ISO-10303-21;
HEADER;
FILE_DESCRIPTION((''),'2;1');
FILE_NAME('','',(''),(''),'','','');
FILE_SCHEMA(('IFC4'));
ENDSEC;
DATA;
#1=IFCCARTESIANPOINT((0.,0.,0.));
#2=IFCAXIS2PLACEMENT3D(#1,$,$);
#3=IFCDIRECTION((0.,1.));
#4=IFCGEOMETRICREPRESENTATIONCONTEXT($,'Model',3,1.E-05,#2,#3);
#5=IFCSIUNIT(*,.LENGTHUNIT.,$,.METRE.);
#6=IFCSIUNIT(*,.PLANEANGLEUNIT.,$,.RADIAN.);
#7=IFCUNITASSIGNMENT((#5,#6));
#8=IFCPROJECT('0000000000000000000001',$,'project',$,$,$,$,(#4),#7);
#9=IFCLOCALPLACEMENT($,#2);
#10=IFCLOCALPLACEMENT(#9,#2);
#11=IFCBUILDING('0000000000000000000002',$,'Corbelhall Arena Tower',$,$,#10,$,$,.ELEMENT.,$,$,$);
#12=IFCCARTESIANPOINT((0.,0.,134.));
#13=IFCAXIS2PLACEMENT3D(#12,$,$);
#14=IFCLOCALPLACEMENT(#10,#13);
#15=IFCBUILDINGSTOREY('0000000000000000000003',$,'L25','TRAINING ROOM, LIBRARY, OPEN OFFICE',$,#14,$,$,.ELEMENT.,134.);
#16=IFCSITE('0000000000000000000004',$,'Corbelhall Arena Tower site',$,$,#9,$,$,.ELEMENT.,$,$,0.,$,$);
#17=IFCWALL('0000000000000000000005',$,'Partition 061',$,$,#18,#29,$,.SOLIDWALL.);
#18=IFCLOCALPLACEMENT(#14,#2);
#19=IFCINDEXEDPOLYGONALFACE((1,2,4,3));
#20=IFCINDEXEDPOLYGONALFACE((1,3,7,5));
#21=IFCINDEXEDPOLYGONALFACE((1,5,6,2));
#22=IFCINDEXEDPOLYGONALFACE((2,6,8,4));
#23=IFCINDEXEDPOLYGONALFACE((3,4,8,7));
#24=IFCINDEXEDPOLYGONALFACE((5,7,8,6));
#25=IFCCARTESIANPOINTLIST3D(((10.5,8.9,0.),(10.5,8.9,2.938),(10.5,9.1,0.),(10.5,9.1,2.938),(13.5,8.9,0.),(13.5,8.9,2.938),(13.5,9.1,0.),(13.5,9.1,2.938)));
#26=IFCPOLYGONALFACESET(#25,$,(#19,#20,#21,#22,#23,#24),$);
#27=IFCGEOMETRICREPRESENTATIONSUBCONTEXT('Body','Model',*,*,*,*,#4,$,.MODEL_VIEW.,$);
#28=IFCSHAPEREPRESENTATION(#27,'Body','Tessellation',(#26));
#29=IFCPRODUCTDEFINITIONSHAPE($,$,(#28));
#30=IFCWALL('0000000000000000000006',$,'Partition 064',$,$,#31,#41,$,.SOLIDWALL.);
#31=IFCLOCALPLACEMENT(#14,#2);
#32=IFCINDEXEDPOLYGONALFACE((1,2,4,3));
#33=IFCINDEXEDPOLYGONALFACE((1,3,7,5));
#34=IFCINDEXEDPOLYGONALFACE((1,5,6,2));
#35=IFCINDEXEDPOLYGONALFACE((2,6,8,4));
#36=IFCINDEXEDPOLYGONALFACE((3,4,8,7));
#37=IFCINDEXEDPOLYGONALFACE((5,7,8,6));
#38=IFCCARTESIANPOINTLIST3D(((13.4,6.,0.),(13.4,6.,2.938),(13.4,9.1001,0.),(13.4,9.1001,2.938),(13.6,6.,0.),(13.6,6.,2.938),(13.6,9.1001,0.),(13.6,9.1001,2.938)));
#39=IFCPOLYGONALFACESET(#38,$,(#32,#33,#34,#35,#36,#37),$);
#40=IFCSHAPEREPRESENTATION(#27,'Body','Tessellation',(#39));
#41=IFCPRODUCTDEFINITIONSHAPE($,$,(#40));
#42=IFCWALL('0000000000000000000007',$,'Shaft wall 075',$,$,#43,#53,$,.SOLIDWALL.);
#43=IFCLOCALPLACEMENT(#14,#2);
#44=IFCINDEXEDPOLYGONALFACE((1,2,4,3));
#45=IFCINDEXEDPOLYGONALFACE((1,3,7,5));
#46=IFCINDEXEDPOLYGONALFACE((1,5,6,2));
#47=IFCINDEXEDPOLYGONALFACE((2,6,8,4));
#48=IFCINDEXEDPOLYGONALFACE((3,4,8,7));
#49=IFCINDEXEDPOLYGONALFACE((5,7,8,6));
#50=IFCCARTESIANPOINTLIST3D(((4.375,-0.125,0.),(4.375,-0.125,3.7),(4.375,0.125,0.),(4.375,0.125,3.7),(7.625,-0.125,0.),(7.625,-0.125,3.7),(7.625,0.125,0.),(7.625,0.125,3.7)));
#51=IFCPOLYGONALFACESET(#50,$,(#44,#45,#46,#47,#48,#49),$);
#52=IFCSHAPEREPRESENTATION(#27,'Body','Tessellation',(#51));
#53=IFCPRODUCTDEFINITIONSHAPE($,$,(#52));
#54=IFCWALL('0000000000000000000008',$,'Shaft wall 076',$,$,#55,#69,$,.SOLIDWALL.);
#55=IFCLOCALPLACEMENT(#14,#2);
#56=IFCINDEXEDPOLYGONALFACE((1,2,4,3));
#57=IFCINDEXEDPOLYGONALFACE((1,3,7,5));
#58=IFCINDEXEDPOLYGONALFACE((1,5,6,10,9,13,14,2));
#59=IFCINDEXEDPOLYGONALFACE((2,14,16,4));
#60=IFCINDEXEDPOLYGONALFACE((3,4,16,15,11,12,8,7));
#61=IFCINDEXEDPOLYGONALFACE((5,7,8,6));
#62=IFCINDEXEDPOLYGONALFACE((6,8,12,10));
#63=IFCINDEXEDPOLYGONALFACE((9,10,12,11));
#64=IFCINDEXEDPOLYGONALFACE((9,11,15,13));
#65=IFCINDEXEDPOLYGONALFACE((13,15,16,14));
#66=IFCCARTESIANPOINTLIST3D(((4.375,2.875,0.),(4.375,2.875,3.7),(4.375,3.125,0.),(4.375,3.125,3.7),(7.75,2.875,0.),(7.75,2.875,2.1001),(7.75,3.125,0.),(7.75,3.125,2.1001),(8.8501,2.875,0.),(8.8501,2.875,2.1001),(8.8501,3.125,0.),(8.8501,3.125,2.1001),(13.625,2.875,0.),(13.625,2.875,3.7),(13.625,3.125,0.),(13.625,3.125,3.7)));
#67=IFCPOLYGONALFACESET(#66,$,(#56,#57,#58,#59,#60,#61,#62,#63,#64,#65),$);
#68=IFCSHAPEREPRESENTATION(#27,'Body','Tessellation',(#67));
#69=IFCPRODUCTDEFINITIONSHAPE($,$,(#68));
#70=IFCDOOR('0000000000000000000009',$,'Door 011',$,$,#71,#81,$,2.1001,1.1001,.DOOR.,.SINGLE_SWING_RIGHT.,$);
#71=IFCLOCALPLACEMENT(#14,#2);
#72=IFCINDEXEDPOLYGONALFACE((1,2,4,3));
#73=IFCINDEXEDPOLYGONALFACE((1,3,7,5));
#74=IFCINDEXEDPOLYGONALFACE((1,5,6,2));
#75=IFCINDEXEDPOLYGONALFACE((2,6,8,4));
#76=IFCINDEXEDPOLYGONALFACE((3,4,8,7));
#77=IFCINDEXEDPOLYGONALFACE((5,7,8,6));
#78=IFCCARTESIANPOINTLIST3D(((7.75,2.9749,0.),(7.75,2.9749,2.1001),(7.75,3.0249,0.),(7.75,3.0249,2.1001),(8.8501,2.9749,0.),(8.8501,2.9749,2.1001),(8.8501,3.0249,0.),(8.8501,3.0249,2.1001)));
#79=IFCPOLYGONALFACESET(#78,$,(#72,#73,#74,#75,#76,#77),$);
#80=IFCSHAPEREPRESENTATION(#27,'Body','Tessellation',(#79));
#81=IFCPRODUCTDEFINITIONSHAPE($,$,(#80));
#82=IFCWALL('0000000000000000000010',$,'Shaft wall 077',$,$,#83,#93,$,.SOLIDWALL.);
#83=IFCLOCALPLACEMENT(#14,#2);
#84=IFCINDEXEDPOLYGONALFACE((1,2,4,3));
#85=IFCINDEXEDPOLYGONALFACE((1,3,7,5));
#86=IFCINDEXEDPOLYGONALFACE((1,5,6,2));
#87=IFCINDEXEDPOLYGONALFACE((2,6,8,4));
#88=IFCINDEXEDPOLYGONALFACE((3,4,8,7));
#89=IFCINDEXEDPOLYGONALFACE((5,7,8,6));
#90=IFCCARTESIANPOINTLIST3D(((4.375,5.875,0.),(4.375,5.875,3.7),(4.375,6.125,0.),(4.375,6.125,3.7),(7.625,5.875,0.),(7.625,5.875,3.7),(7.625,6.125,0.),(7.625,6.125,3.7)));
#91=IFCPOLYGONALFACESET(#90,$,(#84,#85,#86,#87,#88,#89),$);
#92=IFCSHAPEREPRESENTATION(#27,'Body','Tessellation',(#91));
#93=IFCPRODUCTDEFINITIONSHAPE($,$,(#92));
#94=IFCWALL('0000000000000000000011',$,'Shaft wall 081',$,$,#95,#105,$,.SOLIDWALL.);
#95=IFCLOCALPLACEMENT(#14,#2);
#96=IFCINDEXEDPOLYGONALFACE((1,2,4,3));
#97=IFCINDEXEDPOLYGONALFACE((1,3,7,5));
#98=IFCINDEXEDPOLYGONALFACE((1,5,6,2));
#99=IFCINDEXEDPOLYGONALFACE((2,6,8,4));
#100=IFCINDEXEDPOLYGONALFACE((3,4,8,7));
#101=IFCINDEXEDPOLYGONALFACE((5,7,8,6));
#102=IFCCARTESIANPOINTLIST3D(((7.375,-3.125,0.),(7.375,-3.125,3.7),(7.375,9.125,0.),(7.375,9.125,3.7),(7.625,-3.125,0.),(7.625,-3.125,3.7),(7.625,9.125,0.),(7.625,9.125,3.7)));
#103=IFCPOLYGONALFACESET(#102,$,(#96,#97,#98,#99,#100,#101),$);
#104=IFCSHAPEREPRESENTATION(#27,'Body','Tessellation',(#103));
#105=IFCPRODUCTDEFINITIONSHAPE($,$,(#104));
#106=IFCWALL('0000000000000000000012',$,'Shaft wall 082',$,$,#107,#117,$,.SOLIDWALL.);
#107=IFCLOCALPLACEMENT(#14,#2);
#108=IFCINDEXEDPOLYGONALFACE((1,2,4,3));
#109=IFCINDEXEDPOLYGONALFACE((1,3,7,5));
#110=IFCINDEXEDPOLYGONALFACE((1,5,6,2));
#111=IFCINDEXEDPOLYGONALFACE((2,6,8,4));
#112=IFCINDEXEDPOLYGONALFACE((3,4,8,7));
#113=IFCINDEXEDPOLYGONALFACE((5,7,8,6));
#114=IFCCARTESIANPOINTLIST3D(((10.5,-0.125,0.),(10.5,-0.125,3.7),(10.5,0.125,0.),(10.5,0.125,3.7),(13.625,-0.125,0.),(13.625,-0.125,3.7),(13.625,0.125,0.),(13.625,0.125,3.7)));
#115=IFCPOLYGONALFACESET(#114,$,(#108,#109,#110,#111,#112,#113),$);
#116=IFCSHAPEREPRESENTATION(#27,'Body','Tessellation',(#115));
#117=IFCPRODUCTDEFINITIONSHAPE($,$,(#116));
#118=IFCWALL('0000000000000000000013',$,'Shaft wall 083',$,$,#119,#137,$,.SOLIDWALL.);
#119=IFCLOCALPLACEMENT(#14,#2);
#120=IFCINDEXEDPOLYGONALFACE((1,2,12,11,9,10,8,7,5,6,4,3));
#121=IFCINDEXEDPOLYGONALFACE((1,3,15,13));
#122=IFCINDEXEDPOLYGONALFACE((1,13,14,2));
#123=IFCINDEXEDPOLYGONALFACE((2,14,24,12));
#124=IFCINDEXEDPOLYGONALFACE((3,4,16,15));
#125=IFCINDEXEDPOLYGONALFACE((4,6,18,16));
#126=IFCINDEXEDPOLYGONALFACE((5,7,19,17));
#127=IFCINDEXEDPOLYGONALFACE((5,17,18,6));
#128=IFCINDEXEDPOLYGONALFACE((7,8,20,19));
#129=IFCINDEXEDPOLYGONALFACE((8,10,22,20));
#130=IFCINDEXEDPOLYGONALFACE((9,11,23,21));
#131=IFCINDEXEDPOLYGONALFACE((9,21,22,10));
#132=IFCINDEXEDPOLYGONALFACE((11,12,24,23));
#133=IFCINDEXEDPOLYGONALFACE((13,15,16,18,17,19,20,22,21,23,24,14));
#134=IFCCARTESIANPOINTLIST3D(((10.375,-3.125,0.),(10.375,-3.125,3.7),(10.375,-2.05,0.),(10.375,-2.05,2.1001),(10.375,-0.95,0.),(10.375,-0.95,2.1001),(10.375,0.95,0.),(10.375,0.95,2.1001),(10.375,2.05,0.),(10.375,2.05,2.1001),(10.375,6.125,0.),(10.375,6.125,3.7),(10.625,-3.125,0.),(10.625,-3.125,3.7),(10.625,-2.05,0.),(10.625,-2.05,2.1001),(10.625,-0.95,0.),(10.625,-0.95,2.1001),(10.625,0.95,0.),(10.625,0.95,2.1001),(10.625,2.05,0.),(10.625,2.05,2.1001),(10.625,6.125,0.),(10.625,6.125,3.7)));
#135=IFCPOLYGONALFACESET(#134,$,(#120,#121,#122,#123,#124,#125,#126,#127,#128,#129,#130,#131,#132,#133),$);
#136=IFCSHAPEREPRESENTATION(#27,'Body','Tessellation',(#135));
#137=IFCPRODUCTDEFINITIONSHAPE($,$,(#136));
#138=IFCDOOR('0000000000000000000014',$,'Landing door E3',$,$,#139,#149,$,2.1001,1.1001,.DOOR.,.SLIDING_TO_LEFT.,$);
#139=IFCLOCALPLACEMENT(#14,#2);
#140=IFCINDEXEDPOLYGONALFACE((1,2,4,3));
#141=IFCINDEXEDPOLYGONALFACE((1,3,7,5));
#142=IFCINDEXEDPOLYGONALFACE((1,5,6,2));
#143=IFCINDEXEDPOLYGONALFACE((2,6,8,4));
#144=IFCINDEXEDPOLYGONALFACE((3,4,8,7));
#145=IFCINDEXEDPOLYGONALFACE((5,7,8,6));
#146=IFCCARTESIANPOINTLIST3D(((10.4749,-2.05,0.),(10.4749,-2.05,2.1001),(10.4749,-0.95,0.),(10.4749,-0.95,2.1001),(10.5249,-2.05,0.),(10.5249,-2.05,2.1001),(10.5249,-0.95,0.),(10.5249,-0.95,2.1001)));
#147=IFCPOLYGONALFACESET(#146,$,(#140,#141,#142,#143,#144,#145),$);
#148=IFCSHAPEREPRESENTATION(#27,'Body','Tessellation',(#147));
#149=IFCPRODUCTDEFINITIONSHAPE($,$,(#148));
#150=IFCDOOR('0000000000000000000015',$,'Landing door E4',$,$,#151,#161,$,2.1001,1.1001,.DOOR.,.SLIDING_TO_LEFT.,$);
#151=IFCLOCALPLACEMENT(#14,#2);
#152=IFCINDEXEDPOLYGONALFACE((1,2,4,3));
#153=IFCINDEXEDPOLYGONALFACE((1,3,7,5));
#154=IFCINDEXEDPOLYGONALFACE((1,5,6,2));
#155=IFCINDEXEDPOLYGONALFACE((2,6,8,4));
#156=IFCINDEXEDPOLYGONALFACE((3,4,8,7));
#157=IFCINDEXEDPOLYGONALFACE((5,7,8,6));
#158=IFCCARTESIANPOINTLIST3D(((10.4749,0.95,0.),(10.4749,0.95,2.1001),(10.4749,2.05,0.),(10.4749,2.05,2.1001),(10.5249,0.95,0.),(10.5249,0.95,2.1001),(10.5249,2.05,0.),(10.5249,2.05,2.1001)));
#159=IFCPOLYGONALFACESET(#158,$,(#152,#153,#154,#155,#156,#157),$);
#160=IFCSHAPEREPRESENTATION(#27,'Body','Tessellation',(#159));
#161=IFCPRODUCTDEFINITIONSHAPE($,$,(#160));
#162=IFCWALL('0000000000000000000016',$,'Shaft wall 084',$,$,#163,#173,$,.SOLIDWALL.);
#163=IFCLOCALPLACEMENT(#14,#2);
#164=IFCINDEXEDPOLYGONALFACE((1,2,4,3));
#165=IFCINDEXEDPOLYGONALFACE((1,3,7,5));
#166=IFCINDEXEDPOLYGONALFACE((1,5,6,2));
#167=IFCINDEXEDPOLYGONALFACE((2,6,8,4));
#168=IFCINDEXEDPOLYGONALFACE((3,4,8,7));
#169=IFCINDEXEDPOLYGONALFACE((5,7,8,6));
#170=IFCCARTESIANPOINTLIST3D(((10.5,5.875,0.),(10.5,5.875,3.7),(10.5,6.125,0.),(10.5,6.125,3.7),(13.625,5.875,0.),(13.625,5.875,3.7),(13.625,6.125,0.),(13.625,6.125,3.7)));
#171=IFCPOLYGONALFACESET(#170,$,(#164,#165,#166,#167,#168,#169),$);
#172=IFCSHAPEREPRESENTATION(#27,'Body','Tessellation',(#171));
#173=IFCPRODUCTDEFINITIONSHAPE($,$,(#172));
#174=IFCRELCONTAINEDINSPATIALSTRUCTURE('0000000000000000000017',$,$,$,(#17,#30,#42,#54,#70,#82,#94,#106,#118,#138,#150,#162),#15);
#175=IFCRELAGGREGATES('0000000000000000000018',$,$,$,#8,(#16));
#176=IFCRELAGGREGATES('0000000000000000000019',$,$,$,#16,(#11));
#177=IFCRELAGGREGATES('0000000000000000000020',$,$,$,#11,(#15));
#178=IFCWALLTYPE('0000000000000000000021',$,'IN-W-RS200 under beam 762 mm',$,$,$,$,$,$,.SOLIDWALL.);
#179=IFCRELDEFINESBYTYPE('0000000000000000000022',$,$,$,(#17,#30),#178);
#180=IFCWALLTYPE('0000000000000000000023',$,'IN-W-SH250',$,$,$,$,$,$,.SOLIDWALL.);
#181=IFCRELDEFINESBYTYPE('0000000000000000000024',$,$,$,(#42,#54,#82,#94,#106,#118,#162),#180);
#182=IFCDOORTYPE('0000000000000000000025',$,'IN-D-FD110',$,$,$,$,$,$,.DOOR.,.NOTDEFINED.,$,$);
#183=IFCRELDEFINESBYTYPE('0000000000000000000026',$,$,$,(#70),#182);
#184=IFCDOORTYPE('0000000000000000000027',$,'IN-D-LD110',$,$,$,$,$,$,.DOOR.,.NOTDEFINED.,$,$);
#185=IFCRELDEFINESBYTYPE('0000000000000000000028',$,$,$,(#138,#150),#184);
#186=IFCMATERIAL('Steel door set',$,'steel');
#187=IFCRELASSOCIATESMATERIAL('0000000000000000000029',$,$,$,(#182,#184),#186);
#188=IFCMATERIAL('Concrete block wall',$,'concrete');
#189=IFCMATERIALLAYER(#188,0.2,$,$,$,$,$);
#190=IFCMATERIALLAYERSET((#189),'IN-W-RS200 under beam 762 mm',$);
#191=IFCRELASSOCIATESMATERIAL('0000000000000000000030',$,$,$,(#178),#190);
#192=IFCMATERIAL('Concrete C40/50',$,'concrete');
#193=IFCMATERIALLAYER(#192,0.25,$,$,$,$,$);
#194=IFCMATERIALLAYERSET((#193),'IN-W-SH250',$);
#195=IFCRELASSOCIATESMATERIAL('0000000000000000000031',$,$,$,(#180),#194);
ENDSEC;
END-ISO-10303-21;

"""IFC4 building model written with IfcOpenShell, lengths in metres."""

from ifc_helpers import new_model, si_unit, direction, frame, frame_2d, origin, place, context, subcontext, project, spatial, rectangle, extrude, material, layer, layer_set, type_object, element, fill, save


model = new_model("IFC4")

# Units and contexts
model_context = context("Model", 3, precision=1e-05, world=origin(), true_north=direction((0.0, 1.0)))
body_context = subcontext(model_context, "Body", "Model", "MODEL_VIEW")
ifc_project = project(units=[si_unit("LENGTHUNIT", "METRE"), si_unit("PLANEANGLEUNIT", "RADIAN")], contexts=[model_context])

# Site, building, storey
site_placement = place(None, origin())
site = spatial("IfcSite", under=ifc_project, at=site_placement, Name="Corbelhall Arena Tower site", CompositionType="ELEMENT", RefElevation=0.0)
building_placement = place(site_placement, origin())
building = spatial("IfcBuilding", under=site, at=building_placement, Name="Corbelhall Arena Tower", CompositionType="ELEMENT")
storey_placement = place(building_placement, frame((0.0, 0.0, 134.0)))
storey = spatial("IfcBuildingStorey", under=building, at=storey_placement, Name="L25", Description="TRAINING ROOM, LIBRARY, OPEN OFFICE", CompositionType="ELEMENT", Elevation=134.0)

# Shared definitions
ifc_material_1 = material(Name="Concrete C40/50", Category="concrete")

# Shared definitions
ifc_material_2 = material(Name="Concrete block wall", Category="concrete")
ifc_material_3 = material(Name="Steel door set", Category="steel")
door_type_1 = type_object("IfcDoorType", Name="IN-D-FD110", OperationType="NOTDEFINED", PredefinedType="DOOR", material=ifc_material_3)

# Walls
ifc_layer_1 = layer(ifc_material_2, 0.2)
ifc_layer_set_1 = layer_set([ifc_layer_1], Name="IN-W-RS200 under beam 762 mm")
wall_type_1 = type_object("IfcWallType", Name="IN-W-RS200 under beam 762 mm", PredefinedType="SOLIDWALL", material=ifc_layer_set_1)
wall_1_placement = place(storey_placement, frame((10.5, 9.0, 0.0), z_axis=(0.0, 0.0, 1.0), x_axis=(1.0, 0.0, 0.0)))
element("IfcWall", 1, at=wall_1_placement, inside=storey, type_object=wall_type_1, Name="Partition 061", PredefinedType="SOLIDWALL", context=body_context, shape_type="SweptSolid", body=[
    extrude(rectangle(XDim=3.0, YDim=0.2, at=frame_2d((1.5, 0.0))), origin(), (0.0, 0.0, 1.0), 2.938),
])
wall_2_placement = place(storey_placement, frame((13.5, 9.1001, 0.0), z_axis=(0.0, 0.0, 1.0), x_axis=(0.0, -1.0, 0.0)))
element("IfcWall", 2, at=wall_2_placement, inside=storey, type_object=wall_type_1, Name="Partition 064", PredefinedType="SOLIDWALL", context=body_context, shape_type="SweptSolid", body=[
    extrude(rectangle(XDim=3.1001, YDim=0.2, at=frame_2d((1.55, 0.0))), origin(), (0.0, 0.0, 1.0), 2.938),
])
ifc_layer_2 = layer(ifc_material_1, 0.25)
ifc_layer_set_2 = layer_set([ifc_layer_2], Name="IN-W-SH250")
wall_type_2 = type_object("IfcWallType", Name="IN-W-SH250", PredefinedType="SOLIDWALL", material=ifc_layer_set_2)
wall_3_placement = place(storey_placement, frame((4.375, 0.0, 0.0), z_axis=(0.0, 0.0, 1.0), x_axis=(1.0, 0.0, 0.0)))
element("IfcWall", 3, at=wall_3_placement, inside=storey, type_object=wall_type_2, Name="Shaft wall 075", PredefinedType="SOLIDWALL", context=body_context, shape_type="SweptSolid", body=[
    extrude(rectangle(XDim=3.25, YDim=0.25, at=frame_2d((1.625, 0.0))), origin(), (0.0, 0.0, 1.0), 3.7),
])

# Wall, opening, door
wall_4_placement = place(storey_placement, frame((4.375, 3.0, 0.0), z_axis=(0.0, 0.0, 1.0), x_axis=(1.0, 0.0, 0.0)))
wall_4 = element("IfcWall", 4, at=wall_4_placement, inside=storey, type_object=wall_type_2, Name="Shaft wall 076", PredefinedType="SOLIDWALL", context=body_context, shape_type="SweptSolid", body=[
    extrude(rectangle(XDim=9.25, YDim=0.25, at=frame_2d((4.625, 0.0))), origin(), (0.0, 0.0, 1.0), 3.7),
])
opening_1_placement = place(wall_4_placement, frame((3.375, 0.0, 0.0)))
opening_1 = element("IfcOpeningElement", 5, at=opening_1_placement, cuts=wall_4, PredefinedType="OPENING", context=body_context, shape_type="SweptSolid", body=[
    extrude(rectangle(XDim=1.1001, YDim=2.1001, at=frame_2d((0.55, 1.05))), frame((0.0, 0.125, 0.0), z_axis=(0.0, -1.0, 0.0), x_axis=(1.0, 0.0, 0.0)), (0.0, 0.0, 1.0), 0.25),
])
door_1_placement = place(opening_1_placement, origin())
door_1 = element("IfcDoor", 6, at=door_1_placement, inside=storey, type_object=door_type_1, Name="Door 011", OperationType="SINGLE_SWING_RIGHT", OverallHeight=2.1001, OverallWidth=1.1001, PredefinedType="DOOR", context=body_context, shape_type="SweptSolid", body=[
    extrude(rectangle(XDim=1.1001, YDim=2.1001, at=frame_2d((0.55, 1.05))), frame((0.0, 0.0249, 0.0), z_axis=(0.0, -1.0, 0.0), x_axis=(1.0, 0.0, 0.0)), (0.0, 0.0, 1.0), 0.05),
])
fill(opening_1, door_1)

# Walls
wall_5_placement = place(storey_placement, frame((4.375, 6.0, 0.0), z_axis=(0.0, 0.0, 1.0), x_axis=(1.0, 0.0, 0.0)))
element("IfcWall", 7, at=wall_5_placement, inside=storey, type_object=wall_type_2, Name="Shaft wall 077", PredefinedType="SOLIDWALL", context=body_context, shape_type="SweptSolid", body=[
    extrude(rectangle(XDim=3.25, YDim=0.25, at=frame_2d((1.625, 0.0))), origin(), (0.0, 0.0, 1.0), 3.7),
])
wall_6_placement = place(storey_placement, frame((7.5, 9.125, 0.0), z_axis=(0.0, 0.0, 1.0), x_axis=(0.0, -1.0, 0.0)))
element("IfcWall", 8, at=wall_6_placement, inside=storey, type_object=wall_type_2, Name="Shaft wall 081", PredefinedType="SOLIDWALL", context=body_context, shape_type="SweptSolid", body=[
    extrude(rectangle(XDim=12.25, YDim=0.25, at=frame_2d((6.125, 0.0))), origin(), (0.0, 0.0, 1.0), 3.7),
])
wall_7_placement = place(storey_placement, frame((10.5, 0.0, 0.0), z_axis=(0.0, 0.0, 1.0), x_axis=(1.0, 0.0, 0.0)))
element("IfcWall", 9, at=wall_7_placement, inside=storey, type_object=wall_type_2, Name="Shaft wall 082", PredefinedType="SOLIDWALL", context=body_context, shape_type="SweptSolid", body=[
    extrude(rectangle(XDim=3.125, YDim=0.25, at=frame_2d((1.5625, 0.0))), origin(), (0.0, 0.0, 1.0), 3.7),
])

# Wall, openings, doors
wall_8_placement = place(storey_placement, frame((10.5, 6.125, 0.0), z_axis=(0.0, 0.0, 1.0), x_axis=(0.0, -1.0, 0.0)))
wall_8 = element("IfcWall", 10, at=wall_8_placement, inside=storey, type_object=wall_type_2, Name="Shaft wall 083", PredefinedType="SOLIDWALL", context=body_context, shape_type="SweptSolid", body=[
    extrude(rectangle(XDim=9.25, YDim=0.25, at=frame_2d((4.625, 0.0))), origin(), (0.0, 0.0, 1.0), 3.7),
])
opening_2_placement = place(wall_8_placement, frame((7.075, 0.0, 0.0)))
opening_2 = element("IfcOpeningElement", 11, at=opening_2_placement, cuts=wall_8, PredefinedType="OPENING", context=body_context, shape_type="SweptSolid", body=[
    extrude(rectangle(XDim=1.1001, YDim=2.1001, at=frame_2d((0.55, 1.05))), frame((0.0, 0.125, 0.0), z_axis=(0.0, -1.0, 0.0), x_axis=(1.0, 0.0, 0.0)), (0.0, 0.0, 1.0), 0.25),
])
opening_3_placement = place(wall_8_placement, frame((4.075, 0.0, 0.0)))
opening_3 = element("IfcOpeningElement", 12, at=opening_3_placement, cuts=wall_8, PredefinedType="OPENING", context=body_context, shape_type="SweptSolid", body=[
    extrude(rectangle(XDim=1.1001, YDim=2.1001, at=frame_2d((0.55, 1.05))), frame((0.0, 0.125, 0.0), z_axis=(0.0, -1.0, 0.0), x_axis=(1.0, 0.0, 0.0)), (0.0, 0.0, 1.0), 0.25),
])
door_type_2 = type_object("IfcDoorType", Name="IN-D-LD110", OperationType="NOTDEFINED", PredefinedType="DOOR", material=ifc_material_3)
door_2_placement = place(opening_2_placement, origin())
door_2 = element("IfcDoor", 13, at=door_2_placement, inside=storey, type_object=door_type_2, Name="Landing door E3", OperationType="SLIDING_TO_LEFT", OverallHeight=2.1001, OverallWidth=1.1001, PredefinedType="DOOR", context=body_context, shape_type="SweptSolid", body=[
    extrude(rectangle(XDim=1.1001, YDim=2.1001, at=frame_2d((0.55, 1.05))), frame((0.0, 0.0249, 0.0), z_axis=(0.0, -1.0, 0.0), x_axis=(1.0, 0.0, 0.0)), (0.0, 0.0, 1.0), 0.05),
])
fill(opening_2, door_2)
door_3_placement = place(opening_3_placement, origin())
door_3 = element("IfcDoor", 14, at=door_3_placement, inside=storey, type_object=door_type_2, Name="Landing door E4", OperationType="SLIDING_TO_LEFT", OverallHeight=2.1001, OverallWidth=1.1001, PredefinedType="DOOR", context=body_context, shape_type="SweptSolid", body=[
    extrude(rectangle(XDim=1.1001, YDim=2.1001, at=frame_2d((0.55, 1.05))), frame((0.0, 0.0249, 0.0), z_axis=(0.0, -1.0, 0.0), x_axis=(1.0, 0.0, 0.0)), (0.0, 0.0, 1.0), 0.05),
])
fill(opening_3, door_3)

# Wall
wall_9_placement = place(storey_placement, frame((10.5, 6.0, 0.0), z_axis=(0.0, 0.0, 1.0), x_axis=(1.0, 0.0, 0.0)))
element("IfcWall", 15, at=wall_9_placement, inside=storey, type_object=wall_type_2, Name="Shaft wall 084", PredefinedType="SOLIDWALL", context=body_context, shape_type="SweptSolid", body=[
    extrude(rectangle(XDim=3.125, YDim=0.25, at=frame_2d((1.5625, 0.0))), origin(), (0.0, 0.0, 1.0), 3.7),
])

save(model, "model.ifc")
